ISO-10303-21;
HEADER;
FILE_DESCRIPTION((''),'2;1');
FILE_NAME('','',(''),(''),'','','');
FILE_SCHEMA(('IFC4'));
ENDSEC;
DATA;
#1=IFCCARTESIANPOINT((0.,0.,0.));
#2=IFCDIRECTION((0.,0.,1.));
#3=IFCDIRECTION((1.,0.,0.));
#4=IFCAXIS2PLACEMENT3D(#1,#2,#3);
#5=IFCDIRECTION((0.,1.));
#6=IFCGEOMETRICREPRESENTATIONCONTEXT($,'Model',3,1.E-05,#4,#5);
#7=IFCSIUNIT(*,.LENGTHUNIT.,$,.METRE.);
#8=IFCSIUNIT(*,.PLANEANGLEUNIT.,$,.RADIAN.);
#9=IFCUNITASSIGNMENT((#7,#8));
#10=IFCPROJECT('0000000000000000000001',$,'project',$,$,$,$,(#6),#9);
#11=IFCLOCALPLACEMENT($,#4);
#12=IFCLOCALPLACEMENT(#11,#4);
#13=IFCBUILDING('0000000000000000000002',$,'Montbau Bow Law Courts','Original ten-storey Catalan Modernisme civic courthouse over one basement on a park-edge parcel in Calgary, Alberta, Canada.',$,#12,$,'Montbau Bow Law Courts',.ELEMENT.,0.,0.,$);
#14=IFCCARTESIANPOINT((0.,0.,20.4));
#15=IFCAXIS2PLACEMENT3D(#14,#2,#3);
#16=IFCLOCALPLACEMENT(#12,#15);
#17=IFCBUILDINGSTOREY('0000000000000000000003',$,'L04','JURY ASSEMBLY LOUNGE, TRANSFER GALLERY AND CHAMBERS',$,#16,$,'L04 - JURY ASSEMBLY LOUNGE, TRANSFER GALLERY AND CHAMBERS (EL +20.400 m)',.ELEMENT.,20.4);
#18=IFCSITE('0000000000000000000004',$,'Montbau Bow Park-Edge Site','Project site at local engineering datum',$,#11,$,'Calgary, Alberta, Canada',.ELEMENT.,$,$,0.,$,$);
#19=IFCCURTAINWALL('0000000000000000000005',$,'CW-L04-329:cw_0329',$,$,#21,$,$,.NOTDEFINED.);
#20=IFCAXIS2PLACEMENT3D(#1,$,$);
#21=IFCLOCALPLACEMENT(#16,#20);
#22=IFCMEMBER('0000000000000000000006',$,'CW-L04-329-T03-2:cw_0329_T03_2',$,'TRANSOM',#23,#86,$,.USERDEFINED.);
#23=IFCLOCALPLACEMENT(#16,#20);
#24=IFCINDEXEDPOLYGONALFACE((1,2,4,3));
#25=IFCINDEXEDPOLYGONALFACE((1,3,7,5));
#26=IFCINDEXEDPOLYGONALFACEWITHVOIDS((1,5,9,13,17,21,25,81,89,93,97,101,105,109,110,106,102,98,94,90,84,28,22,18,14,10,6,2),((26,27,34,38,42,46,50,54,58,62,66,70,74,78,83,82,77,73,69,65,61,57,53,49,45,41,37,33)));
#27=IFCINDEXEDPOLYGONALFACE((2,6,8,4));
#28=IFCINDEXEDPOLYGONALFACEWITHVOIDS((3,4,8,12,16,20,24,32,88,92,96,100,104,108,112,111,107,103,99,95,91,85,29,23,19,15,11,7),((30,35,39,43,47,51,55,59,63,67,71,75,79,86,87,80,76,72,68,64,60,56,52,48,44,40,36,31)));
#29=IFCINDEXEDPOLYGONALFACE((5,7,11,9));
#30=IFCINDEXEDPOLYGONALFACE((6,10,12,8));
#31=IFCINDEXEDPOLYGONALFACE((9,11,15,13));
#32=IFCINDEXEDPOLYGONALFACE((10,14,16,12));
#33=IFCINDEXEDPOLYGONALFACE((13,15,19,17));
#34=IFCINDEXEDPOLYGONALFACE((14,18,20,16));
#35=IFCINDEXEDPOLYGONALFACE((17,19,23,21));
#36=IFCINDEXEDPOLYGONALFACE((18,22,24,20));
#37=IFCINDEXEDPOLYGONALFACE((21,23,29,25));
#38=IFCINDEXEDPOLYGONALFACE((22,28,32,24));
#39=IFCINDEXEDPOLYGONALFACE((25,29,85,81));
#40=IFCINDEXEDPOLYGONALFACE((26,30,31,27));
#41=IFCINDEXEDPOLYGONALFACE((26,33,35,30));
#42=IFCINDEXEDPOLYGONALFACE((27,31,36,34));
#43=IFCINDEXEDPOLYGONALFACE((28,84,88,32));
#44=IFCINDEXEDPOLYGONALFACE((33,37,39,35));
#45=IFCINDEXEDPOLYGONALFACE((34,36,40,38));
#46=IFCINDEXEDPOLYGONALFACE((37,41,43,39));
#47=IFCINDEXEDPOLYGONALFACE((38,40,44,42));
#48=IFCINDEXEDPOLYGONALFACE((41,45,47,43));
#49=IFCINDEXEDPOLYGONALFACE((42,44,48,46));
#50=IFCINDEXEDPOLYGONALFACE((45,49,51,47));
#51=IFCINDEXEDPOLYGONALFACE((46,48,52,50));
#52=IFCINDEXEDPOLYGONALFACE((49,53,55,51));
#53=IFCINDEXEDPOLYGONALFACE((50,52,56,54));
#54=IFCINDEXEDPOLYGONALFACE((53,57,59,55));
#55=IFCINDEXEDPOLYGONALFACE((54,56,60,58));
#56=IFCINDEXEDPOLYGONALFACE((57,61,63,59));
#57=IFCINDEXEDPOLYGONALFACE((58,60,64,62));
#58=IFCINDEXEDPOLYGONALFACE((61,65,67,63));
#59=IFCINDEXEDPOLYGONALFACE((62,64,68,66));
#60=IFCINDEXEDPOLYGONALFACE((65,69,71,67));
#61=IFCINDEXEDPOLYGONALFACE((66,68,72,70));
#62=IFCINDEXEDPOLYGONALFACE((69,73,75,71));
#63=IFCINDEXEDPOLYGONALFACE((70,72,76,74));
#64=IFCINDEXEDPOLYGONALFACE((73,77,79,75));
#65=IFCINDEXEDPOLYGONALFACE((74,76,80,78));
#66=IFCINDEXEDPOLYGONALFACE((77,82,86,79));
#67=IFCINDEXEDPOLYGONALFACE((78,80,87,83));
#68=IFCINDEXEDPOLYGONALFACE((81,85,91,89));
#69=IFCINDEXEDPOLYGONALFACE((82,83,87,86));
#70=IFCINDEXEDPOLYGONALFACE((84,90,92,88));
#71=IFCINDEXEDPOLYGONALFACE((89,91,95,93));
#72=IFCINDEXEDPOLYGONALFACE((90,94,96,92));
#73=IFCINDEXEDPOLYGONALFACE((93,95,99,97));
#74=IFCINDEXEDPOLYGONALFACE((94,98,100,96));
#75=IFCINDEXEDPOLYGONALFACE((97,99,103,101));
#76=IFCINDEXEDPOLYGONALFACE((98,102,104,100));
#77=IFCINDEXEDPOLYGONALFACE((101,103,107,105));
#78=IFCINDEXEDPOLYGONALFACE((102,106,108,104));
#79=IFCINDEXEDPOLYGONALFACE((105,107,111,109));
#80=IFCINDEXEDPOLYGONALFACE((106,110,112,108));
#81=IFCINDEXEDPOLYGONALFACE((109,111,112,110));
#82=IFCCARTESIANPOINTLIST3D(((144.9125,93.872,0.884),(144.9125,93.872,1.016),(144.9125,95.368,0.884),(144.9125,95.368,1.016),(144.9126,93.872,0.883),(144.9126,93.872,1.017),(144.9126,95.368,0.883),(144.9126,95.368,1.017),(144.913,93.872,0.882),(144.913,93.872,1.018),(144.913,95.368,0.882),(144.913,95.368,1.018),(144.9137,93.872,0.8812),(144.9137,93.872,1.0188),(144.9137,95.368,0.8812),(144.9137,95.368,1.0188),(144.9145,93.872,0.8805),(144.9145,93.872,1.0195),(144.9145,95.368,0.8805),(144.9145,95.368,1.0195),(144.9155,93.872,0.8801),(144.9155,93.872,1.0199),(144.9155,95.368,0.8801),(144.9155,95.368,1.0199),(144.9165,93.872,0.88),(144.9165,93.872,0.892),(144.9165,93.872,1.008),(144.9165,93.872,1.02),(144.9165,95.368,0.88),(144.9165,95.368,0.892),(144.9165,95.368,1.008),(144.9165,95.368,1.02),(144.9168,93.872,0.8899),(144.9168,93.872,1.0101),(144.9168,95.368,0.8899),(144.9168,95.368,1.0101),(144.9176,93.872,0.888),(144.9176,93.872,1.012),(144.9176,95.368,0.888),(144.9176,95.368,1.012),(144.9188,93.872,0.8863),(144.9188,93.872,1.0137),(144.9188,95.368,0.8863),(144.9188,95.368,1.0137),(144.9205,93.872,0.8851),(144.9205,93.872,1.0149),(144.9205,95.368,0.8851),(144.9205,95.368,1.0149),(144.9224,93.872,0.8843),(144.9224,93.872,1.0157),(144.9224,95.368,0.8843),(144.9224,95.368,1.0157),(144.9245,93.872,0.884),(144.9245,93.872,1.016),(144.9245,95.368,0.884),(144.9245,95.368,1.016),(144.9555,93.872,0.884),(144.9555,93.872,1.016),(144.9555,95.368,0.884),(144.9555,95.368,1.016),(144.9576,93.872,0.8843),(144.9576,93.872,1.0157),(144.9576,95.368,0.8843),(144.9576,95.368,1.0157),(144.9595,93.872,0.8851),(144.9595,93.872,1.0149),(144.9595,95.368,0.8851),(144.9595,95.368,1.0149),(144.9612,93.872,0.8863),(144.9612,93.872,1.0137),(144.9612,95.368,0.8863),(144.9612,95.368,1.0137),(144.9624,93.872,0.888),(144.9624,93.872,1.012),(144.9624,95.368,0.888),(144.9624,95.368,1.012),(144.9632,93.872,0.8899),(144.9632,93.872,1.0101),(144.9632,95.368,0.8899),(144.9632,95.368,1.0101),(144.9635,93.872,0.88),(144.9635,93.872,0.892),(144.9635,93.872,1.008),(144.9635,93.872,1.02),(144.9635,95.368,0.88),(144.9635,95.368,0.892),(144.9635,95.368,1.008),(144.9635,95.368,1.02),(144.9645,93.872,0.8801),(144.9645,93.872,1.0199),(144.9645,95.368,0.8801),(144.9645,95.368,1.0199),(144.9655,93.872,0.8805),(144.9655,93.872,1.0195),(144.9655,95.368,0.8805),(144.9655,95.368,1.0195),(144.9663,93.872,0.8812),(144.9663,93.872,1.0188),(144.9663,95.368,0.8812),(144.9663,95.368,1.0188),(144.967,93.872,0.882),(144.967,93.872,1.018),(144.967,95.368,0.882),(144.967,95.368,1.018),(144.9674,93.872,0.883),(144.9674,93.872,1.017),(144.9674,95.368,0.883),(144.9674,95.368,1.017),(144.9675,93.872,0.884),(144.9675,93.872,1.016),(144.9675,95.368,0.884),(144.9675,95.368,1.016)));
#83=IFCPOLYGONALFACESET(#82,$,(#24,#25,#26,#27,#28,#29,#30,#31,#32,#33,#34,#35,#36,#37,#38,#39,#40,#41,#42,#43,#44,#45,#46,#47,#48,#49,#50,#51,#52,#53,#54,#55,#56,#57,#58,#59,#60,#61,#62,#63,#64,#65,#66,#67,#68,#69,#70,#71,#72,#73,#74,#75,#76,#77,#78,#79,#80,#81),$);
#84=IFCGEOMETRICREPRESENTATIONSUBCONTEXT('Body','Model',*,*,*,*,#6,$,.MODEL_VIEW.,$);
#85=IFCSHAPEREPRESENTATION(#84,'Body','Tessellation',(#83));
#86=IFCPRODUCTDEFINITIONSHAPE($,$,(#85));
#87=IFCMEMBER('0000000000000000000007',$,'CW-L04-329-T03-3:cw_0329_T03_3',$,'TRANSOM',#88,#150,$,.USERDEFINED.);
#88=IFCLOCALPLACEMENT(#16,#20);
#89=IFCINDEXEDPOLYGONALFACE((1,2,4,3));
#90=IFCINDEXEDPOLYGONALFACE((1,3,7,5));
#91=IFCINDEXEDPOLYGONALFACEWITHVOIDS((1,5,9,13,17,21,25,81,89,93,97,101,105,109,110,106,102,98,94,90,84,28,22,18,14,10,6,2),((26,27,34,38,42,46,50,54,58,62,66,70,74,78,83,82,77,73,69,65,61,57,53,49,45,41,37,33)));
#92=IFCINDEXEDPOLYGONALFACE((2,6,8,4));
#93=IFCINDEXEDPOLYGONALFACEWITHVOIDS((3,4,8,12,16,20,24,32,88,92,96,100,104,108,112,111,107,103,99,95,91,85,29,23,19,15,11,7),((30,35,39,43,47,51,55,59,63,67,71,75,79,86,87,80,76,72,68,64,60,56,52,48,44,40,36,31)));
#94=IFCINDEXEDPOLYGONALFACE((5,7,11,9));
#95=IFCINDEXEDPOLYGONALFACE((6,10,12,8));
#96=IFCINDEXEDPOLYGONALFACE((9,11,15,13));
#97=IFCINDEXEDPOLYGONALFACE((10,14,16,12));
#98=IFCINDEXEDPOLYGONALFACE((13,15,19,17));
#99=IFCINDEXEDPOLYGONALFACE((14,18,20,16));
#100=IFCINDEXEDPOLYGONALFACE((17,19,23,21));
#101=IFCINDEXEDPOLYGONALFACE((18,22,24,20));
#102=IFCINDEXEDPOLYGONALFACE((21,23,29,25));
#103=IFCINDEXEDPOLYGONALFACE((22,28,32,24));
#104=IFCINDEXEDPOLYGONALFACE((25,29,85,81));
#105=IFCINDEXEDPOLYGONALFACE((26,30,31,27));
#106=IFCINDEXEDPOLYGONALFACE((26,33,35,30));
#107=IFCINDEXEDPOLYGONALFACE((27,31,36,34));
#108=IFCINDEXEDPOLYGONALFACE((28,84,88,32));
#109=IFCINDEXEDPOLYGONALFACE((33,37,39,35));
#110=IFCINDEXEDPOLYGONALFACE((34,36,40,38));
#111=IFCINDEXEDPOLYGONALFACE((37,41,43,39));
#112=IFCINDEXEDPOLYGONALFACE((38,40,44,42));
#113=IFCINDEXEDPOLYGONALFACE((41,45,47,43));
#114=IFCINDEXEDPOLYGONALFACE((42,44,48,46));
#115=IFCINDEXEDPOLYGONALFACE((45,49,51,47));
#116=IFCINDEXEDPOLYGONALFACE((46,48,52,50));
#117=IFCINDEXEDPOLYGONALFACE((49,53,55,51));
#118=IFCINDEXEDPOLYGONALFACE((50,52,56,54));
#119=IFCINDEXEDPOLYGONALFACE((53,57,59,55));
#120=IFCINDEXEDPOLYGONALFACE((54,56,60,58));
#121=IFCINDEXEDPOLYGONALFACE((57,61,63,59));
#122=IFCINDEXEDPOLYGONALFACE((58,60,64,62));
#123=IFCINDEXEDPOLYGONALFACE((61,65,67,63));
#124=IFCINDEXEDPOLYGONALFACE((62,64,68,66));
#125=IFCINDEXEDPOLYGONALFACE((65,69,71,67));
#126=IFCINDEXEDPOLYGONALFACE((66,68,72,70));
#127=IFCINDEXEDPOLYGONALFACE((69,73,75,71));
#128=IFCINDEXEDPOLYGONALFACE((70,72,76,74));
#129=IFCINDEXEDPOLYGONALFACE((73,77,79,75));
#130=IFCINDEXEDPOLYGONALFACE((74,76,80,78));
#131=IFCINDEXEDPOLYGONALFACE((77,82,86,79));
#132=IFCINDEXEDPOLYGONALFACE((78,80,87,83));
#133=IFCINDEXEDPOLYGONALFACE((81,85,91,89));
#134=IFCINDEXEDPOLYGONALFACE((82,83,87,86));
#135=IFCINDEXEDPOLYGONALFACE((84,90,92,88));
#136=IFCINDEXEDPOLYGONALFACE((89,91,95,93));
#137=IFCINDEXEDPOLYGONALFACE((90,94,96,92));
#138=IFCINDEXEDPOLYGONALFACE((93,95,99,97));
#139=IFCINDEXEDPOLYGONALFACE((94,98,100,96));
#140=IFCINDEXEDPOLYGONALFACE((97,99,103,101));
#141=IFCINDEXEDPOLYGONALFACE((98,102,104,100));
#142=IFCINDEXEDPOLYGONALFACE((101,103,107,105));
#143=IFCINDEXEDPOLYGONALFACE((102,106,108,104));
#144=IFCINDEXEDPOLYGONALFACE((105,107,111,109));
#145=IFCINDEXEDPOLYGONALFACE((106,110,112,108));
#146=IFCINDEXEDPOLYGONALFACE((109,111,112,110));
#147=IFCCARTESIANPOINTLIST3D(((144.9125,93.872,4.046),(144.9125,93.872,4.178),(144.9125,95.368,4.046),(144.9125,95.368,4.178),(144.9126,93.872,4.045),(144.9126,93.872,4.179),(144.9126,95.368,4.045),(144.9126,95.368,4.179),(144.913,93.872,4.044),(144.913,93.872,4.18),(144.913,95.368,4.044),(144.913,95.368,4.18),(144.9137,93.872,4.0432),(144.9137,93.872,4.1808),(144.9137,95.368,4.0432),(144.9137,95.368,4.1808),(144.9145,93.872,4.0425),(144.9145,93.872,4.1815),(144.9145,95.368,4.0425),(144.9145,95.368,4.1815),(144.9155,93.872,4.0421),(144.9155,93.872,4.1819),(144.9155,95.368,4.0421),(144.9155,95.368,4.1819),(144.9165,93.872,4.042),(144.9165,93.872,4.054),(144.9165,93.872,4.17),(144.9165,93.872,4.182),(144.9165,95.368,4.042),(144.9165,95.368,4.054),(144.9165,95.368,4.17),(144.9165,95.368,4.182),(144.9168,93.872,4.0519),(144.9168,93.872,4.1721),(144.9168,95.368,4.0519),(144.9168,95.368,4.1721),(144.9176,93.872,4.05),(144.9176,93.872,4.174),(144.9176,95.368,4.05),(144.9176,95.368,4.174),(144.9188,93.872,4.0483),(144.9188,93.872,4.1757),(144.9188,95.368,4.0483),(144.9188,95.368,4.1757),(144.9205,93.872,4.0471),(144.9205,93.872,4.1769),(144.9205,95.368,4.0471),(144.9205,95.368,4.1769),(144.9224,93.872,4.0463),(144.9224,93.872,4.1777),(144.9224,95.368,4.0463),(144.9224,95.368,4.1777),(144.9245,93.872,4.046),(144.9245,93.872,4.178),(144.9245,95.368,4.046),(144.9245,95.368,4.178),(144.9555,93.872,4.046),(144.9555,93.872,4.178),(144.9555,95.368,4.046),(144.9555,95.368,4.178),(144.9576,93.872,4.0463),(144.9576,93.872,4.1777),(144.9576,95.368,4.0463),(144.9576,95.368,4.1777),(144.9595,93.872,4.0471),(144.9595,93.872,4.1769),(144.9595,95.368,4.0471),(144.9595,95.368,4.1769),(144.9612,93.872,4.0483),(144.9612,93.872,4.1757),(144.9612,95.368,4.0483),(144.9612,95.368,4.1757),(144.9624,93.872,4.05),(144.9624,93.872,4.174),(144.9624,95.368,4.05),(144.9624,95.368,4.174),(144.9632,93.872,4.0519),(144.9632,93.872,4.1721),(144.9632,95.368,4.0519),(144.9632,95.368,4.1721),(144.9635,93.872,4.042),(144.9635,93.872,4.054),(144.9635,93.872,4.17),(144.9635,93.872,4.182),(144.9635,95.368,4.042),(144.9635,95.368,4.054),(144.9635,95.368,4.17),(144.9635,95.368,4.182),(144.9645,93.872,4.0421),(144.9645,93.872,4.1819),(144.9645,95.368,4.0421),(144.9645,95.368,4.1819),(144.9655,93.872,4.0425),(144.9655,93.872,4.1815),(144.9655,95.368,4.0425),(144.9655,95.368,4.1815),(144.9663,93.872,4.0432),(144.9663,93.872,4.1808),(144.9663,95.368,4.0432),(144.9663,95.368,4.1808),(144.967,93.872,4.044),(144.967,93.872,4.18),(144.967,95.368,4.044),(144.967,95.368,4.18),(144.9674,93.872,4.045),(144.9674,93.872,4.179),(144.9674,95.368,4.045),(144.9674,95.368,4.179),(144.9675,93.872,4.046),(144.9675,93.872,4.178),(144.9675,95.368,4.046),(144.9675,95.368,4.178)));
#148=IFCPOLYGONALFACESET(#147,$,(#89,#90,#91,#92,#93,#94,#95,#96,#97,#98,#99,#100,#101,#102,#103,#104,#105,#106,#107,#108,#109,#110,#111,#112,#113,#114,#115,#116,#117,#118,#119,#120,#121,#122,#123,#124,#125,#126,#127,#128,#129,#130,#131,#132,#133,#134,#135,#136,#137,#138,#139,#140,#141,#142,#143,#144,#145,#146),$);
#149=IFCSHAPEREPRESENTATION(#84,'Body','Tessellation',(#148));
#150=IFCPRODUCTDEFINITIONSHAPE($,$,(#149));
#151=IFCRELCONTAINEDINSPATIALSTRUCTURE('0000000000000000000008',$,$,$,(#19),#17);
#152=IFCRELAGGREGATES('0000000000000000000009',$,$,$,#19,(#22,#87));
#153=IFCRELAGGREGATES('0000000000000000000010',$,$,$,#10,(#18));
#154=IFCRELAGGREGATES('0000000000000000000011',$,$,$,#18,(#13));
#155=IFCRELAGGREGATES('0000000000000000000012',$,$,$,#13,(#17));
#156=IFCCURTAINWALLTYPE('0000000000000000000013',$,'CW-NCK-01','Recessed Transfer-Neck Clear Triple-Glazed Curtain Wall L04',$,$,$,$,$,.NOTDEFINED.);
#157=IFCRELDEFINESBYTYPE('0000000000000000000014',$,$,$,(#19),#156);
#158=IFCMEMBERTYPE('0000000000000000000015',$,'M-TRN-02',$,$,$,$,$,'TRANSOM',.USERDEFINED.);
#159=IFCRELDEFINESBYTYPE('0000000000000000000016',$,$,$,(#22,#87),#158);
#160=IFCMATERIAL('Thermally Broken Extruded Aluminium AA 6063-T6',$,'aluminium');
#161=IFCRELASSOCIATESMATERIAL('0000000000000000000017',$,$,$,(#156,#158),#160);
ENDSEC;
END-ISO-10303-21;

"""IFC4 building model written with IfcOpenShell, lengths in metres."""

from ifc_helpers import new_model, si_unit, direction, frame, origin_with_axes, origin_2d_with_axis, place, context, subcontext, project, spatial, hollow_rectangle, extrude, material, material_profile, profile_set, type_object, element, aggregate, save


model = new_model("IFC4")

# Units and contexts
model_context = context("Model", 3, precision=1e-05, world=origin_with_axes(), true_north=direction((0.0, 1.0)))
body_context = subcontext(model_context, "Body", "Model", "MODEL_VIEW")
ifc_project = project(units=[si_unit("LENGTHUNIT", "METRE"), si_unit("PLANEANGLEUNIT", "RADIAN")], contexts=[model_context])

# Site, building, storey
site_placement = place(None, origin_with_axes())
site = spatial("IfcSite", under=ifc_project, at=site_placement, Name="Montbau Bow Park-Edge Site", Description="Project site at local engineering datum", LongName="Calgary, Alberta, Canada", CompositionType="ELEMENT", RefElevation=0.0)
building_placement = place(site_placement, origin_with_axes())
building = spatial("IfcBuilding", under=site, at=building_placement, Name="Montbau Bow Law Courts", Description="Original ten-storey Catalan Modernisme civic courthouse over one basement on a park-edge parcel in Calgary, Alberta, Canada.", LongName="Montbau Bow Law Courts", CompositionType="ELEMENT", ElevationOfRefHeight=0.0, ElevationOfTerrain=0.0)
storey_placement = place(building_placement, frame((0.0, 0.0, 20.4), z_axis=(0.0, 0.0, 1.0), x_axis=(1.0, 0.0, 0.0)))
storey = spatial("IfcBuildingStorey", under=building, at=storey_placement, Name="L04", Description="JURY ASSEMBLY LOUNGE, TRANSFER GALLERY AND CHAMBERS", LongName="L04 - JURY ASSEMBLY LOUNGE, TRANSFER GALLERY AND CHAMBERS (EL +20.400 m)", CompositionType="ELEMENT", Elevation=20.4)

# Shared definitions
ifc_material_1 = material(Name="Thermally Broken Extruded Aluminium AA 6063-T6", Category="aluminium")
curtain_wall_type = type_object("IfcCurtainWallType", Name="CW-NCK-01", Description="Recessed Transfer-Neck Clear Triple-Glazed Curtain Wall L04", PredefinedType="NOTDEFINED", material=ifc_material_1)

# Curtain wall
curtain_wall_1_placement = place(None, frame((144.94, 90.72, 20.4), z_axis=(0.0, 0.0, 1.0), x_axis=(1.0, 0.0, 0.0)))
curtain_wall_1 = element("IfcCurtainWall", 1, at=curtain_wall_1_placement, inside=storey, type_object=curtain_wall_type, Name="CW-L04-329:cw_0329", PredefinedType="NOTDEFINED")

# Members
ifc_material_profile_1 = material_profile(ifc_material_1, hollow_rectangle(XDim=0.055, YDim=0.14, WallThickness=0.004, InnerFilletRadius=0.008, OuterFilletRadius=0.004, at=origin_2d_with_axis()), Name="CWT-140X55", Category="Main", Priority=0)
ifc_profile_set_1 = profile_set([ifc_material_profile_1], Name="Thermally Broken Extruded Aluminium AA 6063-T6")
member_type_1 = type_object("IfcMemberType", Name="M-TRN-02", ElementType="TRANSOM", PredefinedType="USERDEFINED", material=ifc_profile_set_1)
member_1_placement = place(None, frame((144.94, 93.872, 21.35), z_axis=(0.0, 1.0, 0.0), x_axis=(-1.0, 0.0, 0.0)))
member_1 = element("IfcMember", 2, at=member_1_placement, type_object=member_type_1, Name="CW-L04-329-T03-2:cw_0329_T03_2", ObjectType="TRANSOM", PredefinedType="USERDEFINED", context=body_context, shape_type="SweptSolid", body=[
    extrude(hollow_rectangle(XDim=0.055, YDim=0.14, WallThickness=0.004, InnerFilletRadius=0.008, OuterFilletRadius=0.004, at=origin_2d_with_axis()), origin_with_axes(), (0.0, 0.0, 1.0), 1.496),
])
member_2_placement = place(None, frame((144.94, 93.872, 24.512), z_axis=(0.0, 1.0, 0.0), x_axis=(-1.0, 0.0, 0.0)))
member_2 = element("IfcMember", 3, at=member_2_placement, type_object=member_type_1, Name="CW-L04-329-T03-3:cw_0329_T03_3", ObjectType="TRANSOM", PredefinedType="USERDEFINED", context=body_context, shape_type="SweptSolid", body=[
    extrude(hollow_rectangle(XDim=0.055, YDim=0.14, WallThickness=0.004, InnerFilletRadius=0.008, OuterFilletRadius=0.004, at=origin_2d_with_axis()), origin_with_axes(), (0.0, 0.0, 1.0), 1.496),
])

aggregate(curtain_wall_1, [member_1, member_2])

save(model, "model.ifc")
